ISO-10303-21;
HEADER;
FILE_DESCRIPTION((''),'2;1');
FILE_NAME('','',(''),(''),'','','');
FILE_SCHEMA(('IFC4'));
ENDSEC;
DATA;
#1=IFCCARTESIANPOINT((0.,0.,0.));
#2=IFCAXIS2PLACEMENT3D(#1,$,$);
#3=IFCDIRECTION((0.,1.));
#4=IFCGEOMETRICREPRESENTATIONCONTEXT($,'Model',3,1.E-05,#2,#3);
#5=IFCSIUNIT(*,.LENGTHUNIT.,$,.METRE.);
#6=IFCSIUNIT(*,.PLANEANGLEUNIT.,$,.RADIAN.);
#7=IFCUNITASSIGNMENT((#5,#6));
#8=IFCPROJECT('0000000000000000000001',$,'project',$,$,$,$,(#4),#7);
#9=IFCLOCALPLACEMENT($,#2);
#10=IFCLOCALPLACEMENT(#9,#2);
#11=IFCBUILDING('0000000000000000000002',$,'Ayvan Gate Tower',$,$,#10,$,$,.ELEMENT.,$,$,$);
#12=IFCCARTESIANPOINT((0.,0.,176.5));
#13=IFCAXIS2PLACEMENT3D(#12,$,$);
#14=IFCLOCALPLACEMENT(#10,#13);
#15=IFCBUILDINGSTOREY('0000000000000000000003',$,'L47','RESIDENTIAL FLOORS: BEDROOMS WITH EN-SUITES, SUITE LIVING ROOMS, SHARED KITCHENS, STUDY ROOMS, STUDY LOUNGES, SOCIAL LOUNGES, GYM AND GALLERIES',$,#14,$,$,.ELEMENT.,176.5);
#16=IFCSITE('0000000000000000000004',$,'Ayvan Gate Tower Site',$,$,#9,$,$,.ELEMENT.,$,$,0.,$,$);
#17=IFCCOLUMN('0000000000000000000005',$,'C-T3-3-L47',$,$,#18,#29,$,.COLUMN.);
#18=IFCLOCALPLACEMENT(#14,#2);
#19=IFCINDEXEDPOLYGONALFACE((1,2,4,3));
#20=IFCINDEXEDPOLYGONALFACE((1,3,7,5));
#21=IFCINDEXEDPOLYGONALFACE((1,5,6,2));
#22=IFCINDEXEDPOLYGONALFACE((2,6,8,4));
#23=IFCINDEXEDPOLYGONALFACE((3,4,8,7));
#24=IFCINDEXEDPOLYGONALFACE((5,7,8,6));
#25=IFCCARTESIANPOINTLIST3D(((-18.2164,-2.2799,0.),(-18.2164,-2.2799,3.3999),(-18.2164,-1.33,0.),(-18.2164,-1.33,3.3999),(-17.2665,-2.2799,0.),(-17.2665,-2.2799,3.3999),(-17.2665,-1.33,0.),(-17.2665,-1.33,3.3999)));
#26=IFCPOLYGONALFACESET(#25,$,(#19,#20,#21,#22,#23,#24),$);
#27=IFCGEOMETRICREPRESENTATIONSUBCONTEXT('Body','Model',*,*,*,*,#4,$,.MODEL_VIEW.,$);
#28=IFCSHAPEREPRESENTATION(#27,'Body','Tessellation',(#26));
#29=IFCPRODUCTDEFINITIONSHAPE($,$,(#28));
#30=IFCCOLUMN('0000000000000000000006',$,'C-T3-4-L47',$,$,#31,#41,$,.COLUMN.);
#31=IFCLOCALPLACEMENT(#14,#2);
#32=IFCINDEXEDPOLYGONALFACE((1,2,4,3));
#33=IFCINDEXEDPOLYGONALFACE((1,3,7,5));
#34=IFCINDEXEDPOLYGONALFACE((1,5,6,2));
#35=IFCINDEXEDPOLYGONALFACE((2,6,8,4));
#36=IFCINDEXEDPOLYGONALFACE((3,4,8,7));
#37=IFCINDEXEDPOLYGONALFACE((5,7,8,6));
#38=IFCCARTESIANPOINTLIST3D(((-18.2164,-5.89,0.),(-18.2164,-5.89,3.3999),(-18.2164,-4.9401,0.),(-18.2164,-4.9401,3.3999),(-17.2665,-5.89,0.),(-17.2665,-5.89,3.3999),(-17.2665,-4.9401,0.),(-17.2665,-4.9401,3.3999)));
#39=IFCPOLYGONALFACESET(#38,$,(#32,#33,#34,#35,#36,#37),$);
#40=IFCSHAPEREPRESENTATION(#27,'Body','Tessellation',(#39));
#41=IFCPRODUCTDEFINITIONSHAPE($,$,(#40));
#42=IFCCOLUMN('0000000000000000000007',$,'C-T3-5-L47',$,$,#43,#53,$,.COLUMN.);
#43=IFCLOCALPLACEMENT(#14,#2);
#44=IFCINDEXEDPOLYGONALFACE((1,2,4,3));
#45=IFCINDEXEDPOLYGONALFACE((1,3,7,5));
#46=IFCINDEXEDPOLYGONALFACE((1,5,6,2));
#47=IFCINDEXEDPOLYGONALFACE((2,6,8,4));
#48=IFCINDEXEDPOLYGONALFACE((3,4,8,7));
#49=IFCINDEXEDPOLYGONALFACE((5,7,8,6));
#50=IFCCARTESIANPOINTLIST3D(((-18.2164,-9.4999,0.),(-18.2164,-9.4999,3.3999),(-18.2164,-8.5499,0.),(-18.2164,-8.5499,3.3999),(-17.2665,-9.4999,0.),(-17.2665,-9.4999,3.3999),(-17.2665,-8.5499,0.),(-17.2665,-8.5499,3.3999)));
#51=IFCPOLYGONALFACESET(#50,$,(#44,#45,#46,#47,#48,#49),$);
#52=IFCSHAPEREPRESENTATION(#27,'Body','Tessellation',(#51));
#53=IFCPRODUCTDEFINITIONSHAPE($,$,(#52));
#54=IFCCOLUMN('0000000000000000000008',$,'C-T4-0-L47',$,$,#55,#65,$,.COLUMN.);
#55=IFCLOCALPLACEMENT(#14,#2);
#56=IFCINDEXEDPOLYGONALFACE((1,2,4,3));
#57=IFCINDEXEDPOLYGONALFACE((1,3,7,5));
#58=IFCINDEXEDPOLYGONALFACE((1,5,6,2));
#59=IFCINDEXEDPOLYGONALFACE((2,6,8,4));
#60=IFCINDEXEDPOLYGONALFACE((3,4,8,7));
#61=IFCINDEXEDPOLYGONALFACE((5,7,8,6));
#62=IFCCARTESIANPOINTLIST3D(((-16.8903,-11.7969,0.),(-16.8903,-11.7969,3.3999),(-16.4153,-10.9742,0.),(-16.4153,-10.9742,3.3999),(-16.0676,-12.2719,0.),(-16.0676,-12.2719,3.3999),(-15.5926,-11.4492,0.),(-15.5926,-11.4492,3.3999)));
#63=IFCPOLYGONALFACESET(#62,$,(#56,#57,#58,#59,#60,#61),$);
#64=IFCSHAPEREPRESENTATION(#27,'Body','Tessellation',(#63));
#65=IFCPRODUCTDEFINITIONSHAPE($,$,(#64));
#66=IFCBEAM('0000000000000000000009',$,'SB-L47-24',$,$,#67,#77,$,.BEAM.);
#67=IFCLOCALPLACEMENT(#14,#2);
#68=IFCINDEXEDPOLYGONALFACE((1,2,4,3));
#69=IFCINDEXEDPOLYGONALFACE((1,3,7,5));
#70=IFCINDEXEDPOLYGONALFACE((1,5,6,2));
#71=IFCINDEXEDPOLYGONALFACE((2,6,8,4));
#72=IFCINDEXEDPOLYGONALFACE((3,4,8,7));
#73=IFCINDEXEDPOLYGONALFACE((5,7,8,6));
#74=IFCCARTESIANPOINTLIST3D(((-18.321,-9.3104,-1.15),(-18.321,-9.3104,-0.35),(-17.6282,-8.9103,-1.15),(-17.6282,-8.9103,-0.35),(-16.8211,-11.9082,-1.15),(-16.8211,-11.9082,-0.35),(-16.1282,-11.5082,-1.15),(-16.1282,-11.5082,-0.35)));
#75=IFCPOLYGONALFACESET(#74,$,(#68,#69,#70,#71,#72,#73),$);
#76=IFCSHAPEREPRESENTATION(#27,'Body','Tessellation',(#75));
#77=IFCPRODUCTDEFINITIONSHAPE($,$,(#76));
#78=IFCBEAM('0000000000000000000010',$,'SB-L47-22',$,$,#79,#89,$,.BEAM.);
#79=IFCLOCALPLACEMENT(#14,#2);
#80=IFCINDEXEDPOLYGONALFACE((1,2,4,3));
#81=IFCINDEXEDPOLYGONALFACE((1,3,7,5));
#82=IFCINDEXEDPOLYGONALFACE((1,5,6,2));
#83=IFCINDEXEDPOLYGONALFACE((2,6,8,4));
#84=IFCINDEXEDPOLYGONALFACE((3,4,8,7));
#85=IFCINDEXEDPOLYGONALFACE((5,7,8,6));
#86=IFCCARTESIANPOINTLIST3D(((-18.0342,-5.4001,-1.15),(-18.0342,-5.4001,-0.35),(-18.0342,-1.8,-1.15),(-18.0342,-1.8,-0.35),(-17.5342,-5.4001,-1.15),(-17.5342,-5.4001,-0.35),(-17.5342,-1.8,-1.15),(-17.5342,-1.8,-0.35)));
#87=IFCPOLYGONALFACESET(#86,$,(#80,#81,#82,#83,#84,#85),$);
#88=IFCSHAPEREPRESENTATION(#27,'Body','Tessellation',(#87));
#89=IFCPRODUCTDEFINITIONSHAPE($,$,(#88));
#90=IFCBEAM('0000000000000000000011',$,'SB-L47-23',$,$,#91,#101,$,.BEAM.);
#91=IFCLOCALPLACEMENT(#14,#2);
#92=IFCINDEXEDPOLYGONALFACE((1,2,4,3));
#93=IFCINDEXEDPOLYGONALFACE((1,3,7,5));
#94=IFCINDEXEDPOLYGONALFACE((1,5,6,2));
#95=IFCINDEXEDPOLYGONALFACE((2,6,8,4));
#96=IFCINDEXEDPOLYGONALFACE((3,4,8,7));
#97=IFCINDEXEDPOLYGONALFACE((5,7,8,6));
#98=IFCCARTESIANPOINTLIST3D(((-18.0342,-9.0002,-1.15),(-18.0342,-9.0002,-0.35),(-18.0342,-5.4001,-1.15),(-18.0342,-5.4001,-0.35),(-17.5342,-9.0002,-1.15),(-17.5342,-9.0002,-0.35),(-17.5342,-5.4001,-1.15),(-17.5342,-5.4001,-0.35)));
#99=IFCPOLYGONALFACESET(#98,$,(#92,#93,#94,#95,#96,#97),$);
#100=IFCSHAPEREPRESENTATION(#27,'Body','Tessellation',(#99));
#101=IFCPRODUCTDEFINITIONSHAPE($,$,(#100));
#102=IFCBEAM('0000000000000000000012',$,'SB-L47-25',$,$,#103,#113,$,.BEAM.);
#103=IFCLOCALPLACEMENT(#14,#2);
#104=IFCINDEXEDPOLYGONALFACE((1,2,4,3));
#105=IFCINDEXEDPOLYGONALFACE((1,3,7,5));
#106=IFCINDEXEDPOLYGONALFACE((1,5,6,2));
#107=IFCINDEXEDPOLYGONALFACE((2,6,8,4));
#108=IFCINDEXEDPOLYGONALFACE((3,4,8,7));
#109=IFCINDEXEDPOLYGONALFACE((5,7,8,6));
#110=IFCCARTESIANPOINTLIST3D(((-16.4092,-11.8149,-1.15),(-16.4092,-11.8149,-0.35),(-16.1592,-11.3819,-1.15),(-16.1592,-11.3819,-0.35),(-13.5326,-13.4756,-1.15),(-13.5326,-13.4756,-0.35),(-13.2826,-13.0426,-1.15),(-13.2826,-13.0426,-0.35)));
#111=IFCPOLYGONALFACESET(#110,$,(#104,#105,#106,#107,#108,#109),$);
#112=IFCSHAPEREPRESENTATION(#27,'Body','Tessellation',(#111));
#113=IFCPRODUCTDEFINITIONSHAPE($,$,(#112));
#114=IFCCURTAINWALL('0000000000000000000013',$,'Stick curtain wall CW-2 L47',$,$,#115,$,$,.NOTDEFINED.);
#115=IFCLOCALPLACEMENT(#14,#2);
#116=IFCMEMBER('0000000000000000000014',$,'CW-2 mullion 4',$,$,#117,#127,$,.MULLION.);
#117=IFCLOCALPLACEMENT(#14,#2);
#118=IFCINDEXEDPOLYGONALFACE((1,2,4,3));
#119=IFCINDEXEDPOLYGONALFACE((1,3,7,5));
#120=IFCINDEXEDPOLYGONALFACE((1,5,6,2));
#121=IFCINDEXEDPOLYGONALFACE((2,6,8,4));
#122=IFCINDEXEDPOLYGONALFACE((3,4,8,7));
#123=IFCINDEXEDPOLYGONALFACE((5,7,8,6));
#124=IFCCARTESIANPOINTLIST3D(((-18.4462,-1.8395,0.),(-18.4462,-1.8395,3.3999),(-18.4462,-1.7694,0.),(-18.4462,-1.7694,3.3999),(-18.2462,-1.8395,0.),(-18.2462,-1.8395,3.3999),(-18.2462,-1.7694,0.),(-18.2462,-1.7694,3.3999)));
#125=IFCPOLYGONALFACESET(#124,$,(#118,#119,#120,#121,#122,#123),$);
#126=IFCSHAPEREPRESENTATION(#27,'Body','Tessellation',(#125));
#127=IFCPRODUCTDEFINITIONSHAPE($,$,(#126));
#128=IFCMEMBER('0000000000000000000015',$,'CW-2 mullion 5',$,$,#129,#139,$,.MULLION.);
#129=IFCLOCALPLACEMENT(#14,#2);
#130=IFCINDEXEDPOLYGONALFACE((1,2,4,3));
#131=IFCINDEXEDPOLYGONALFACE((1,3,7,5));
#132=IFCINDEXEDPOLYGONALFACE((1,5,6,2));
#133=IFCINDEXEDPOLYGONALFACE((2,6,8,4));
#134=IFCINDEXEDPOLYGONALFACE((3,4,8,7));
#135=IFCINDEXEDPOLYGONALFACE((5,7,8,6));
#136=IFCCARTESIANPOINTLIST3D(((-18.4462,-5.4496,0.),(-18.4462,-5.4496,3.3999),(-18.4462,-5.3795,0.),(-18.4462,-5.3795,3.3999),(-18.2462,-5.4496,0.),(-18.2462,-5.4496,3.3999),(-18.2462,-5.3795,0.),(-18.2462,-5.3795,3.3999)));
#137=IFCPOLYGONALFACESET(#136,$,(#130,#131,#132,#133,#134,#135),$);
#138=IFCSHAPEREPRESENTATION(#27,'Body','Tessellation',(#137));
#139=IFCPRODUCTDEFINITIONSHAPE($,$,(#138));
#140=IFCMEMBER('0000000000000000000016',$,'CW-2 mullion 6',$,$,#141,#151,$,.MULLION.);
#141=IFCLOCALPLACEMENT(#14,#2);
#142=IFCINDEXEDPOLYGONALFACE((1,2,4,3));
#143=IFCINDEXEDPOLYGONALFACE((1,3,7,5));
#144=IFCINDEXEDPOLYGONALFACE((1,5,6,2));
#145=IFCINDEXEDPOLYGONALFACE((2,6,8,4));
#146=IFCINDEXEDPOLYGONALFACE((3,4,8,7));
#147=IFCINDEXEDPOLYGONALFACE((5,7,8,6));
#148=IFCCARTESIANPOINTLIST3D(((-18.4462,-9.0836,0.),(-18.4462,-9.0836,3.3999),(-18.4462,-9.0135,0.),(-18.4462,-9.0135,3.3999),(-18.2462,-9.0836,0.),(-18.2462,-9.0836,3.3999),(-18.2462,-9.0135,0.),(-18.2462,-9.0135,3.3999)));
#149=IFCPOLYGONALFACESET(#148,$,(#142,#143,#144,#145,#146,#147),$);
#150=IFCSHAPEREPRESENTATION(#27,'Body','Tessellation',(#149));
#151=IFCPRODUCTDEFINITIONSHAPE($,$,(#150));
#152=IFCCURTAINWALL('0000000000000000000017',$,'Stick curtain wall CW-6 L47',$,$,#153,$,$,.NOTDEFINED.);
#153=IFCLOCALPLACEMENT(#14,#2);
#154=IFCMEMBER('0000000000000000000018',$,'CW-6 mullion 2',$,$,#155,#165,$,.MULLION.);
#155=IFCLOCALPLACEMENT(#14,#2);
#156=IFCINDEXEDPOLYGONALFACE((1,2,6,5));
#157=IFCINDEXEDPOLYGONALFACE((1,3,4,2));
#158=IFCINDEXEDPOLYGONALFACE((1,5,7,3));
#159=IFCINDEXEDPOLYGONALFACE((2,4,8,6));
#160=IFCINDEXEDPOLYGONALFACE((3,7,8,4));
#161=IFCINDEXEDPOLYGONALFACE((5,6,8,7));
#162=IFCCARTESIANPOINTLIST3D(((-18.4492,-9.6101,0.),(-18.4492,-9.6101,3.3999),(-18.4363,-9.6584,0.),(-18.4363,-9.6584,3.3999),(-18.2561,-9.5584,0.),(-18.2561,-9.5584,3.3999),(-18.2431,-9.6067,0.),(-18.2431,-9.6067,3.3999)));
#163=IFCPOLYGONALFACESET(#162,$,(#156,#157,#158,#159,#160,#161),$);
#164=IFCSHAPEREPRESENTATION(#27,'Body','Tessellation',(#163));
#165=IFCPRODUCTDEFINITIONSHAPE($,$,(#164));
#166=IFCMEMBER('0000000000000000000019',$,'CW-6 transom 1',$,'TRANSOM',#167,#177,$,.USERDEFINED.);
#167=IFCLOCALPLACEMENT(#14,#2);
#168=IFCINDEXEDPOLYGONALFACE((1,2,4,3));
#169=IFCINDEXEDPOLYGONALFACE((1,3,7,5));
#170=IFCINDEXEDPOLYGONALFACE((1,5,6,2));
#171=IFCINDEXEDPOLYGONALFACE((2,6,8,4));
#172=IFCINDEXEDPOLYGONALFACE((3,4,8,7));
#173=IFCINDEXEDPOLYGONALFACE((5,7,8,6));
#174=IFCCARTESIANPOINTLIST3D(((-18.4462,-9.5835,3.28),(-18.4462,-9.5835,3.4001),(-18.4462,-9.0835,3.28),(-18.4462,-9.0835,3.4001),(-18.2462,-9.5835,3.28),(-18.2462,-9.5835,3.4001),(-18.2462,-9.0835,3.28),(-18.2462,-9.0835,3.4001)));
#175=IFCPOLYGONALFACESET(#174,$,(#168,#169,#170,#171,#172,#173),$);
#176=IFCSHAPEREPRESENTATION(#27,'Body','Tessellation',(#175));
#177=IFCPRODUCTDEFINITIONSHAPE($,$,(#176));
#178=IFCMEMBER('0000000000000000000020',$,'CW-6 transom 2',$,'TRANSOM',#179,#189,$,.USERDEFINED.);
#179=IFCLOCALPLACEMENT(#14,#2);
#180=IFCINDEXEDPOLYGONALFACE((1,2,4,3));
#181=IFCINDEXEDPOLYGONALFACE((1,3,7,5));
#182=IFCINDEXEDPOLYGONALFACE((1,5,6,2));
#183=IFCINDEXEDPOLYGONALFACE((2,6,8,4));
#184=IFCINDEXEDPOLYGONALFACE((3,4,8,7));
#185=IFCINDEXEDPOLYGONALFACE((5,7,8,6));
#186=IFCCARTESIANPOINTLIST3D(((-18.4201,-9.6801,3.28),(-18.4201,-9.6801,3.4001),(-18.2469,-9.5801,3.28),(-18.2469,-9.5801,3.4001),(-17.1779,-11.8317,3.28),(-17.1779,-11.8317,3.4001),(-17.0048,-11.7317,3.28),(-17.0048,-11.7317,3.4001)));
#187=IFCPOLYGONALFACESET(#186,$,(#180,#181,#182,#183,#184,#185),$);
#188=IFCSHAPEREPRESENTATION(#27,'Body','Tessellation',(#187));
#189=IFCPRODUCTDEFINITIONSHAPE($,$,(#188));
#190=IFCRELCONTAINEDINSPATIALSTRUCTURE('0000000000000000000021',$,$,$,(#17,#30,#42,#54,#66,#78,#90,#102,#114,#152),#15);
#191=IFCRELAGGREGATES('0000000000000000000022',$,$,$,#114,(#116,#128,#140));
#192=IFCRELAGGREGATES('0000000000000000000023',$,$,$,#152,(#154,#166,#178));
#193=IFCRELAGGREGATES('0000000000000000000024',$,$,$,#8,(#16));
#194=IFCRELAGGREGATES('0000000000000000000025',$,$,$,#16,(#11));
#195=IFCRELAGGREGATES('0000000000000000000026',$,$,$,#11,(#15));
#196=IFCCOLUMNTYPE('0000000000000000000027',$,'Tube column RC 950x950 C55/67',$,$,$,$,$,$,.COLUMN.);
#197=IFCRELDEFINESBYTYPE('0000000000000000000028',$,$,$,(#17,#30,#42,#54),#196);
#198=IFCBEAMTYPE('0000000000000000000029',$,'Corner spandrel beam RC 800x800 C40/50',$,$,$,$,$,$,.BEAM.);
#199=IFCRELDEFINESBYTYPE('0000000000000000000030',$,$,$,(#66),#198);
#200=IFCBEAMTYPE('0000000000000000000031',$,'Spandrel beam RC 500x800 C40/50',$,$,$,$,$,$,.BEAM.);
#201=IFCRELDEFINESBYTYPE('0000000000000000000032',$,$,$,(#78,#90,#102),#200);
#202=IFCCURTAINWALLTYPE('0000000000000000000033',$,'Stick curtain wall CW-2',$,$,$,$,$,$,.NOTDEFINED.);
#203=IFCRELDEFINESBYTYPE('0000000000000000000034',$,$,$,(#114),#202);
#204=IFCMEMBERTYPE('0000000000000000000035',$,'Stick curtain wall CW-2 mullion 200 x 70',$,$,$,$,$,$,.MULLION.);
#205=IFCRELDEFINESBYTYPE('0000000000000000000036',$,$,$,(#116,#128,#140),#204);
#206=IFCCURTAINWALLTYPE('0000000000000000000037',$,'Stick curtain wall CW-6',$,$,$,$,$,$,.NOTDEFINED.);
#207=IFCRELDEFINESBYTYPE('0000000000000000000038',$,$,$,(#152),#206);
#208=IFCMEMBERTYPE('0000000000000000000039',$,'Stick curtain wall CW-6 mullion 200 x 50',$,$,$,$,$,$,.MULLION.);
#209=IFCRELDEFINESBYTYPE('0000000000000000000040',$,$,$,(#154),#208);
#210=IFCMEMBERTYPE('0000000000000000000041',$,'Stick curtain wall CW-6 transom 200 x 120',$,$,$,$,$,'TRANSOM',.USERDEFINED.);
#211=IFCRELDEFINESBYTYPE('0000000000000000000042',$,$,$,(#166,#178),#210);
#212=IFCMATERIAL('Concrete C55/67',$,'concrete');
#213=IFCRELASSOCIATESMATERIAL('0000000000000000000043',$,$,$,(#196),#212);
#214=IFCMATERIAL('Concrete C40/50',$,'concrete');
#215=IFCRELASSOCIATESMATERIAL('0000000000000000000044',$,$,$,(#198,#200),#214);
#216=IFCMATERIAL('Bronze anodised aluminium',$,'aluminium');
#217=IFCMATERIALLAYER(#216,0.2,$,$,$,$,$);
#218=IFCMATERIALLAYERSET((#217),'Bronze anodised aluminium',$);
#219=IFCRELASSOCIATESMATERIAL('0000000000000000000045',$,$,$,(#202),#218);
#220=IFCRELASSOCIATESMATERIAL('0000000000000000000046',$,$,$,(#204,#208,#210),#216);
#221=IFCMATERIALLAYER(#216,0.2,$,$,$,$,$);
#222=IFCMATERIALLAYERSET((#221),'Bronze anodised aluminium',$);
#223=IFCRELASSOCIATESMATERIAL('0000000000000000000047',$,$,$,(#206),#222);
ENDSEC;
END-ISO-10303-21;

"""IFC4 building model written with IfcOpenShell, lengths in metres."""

from ifc_helpers import new_model, si_unit, direction, frame, origin, origin_2d, place, context, subcontext, project, spatial, rectangle, extrude, material, layer, layer_set, material_profile, profile_set, type_object, element, aggregate, save


model = new_model("IFC4")

# Units and contexts
model_context = context("Model", 3, precision=1e-05, world=origin(), true_north=direction((0.0, 1.0)))
body_context = subcontext(model_context, "Body", "Model", "MODEL_VIEW")
ifc_project = project(units=[si_unit("LENGTHUNIT", "METRE"), si_unit("PLANEANGLEUNIT", "RADIAN")], contexts=[model_context])

# Site, building, storey
site_placement = place(None, origin())
site = spatial("IfcSite", under=ifc_project, at=site_placement, Name="Ayvan Gate Tower Site", CompositionType="ELEMENT", RefElevation=0.0)
building_placement = place(site_placement, origin())
building = spatial("IfcBuilding", under=site, at=building_placement, Name="Ayvan Gate Tower", CompositionType="ELEMENT")
storey_placement = place(building_placement, frame((0.0, 0.0, 176.5)))
storey = spatial("IfcBuildingStorey", under=building, at=storey_placement, Name="L47", Description="RESIDENTIAL FLOORS: BEDROOMS WITH EN-SUITES, SUITE LIVING ROOMS, SHARED KITCHENS, STUDY ROOMS, STUDY LOUNGES, SOCIAL LOUNGES, GYM AND GALLERIES", CompositionType="ELEMENT", Elevation=176.5)

# Columns
ifc_material_1 = material(Name="Concrete C55/67", Category="concrete")
ifc_material_profile_1 = material_profile(ifc_material_1, rectangle(XDim=0.95, YDim=0.95, at=origin_2d()), Name="RC 950x950")
ifc_profile_set_1 = profile_set([ifc_material_profile_1], Name="Concrete C55/67")
column_type = type_object("IfcColumnType", Name="Tube column RC 950x950 C55/67", PredefinedType="COLUMN", material=ifc_profile_set_1)
for number, where, z_axis, x_axis, name in (
    (1, (-17.7415, -1.8049, 0.0), (0.0, 0.0, 1.0), (-1.0, 0.0, 0.0), "C-T3-3-L47"),
    (2, (-17.7415, -5.415, 0.0), (0.0, 0.0, 1.0), (-1.0, 0.0, 0.0), "C-T3-4-L47"),
    (3, (-17.7415, -9.0249, 0.0), (0.0, 0.0, 1.0), (-1.0, 0.0, 0.0), "C-T3-5-L47"),
    (4, (-16.2415, -11.623, 0.0), (0.0, 0.0, 1.0), (-0.5, -0.866025, 0.0), "C-T4-0-L47"),
):
    element("IfcColumn", number, at=place(storey_placement, frame(where, z_axis=z_axis, x_axis=x_axis)), inside=storey, type_object=column_type, Name=name, PredefinedType="COLUMN", context=body_context, shape_type="SweptSolid", body=[
        extrude(rectangle(XDim=0.95, YDim=0.95, at=origin_2d()), origin(), (0.0, 0.0, 1.0), 3.3999),
    ])

# Beams
ifc_material_2 = material(Name="Concrete C40/50", Category="concrete")
ifc_material_profile_2 = material_profile(ifc_material_2, rectangle(XDim=0.8, YDim=0.8, at=origin_2d()), Name="RC 800x800")
ifc_profile_set_2 = profile_set([ifc_material_profile_2], Name="Concrete C40/50")
beam_type_1 = type_object("IfcBeamType", Name="Corner spandrel beam RC 800x800 C40/50", PredefinedType="BEAM", material=ifc_profile_set_2)
beam_1_placement = place(storey_placement, frame((-17.9746, -9.1104, -0.75), z_axis=(0.500025, -0.866011, 0.0), x_axis=(0.866011, 0.500025, 0.0)))
element("IfcBeam", 5, at=beam_1_placement, inside=storey, type_object=beam_type_1, Name="SB-L47-24", PredefinedType="BEAM", context=body_context, shape_type="SweptSolid", body=[
    extrude(rectangle(XDim=0.8, YDim=0.8, at=origin_2d()), origin(), (0.0, 0.0, 1.0), 2.9998),
])
ifc_material_profile_3 = material_profile(ifc_material_2, rectangle(XDim=0.5, YDim=0.8, at=origin_2d()), Name="RC 500x800")
ifc_profile_set_3 = profile_set([ifc_material_profile_3], Name="Concrete C40/50")
beam_type_2 = type_object("IfcBeamType", Name="Spandrel beam RC 500x800 C40/50", PredefinedType="BEAM", material=ifc_profile_set_3)
for number, where, z_axis, x_axis, name in (
    (6, (-17.7842, -1.8, -0.75), (0.0, -1.0, 0.0), (1.0, 0.0, 0.0), "SB-L47-22"),
    (7, (-17.7842, -5.4001, -0.75), (0.0, -1.0, 0.0), (1.0, 0.0, 0.0), "SB-L47-23"),
):
    element("IfcBeam", number, at=place(storey_placement, frame(where, z_axis=z_axis, x_axis=x_axis)), inside=storey, type_object=beam_type_2, Name=name, PredefinedType="BEAM", context=body_context, shape_type="SweptSolid", body=[
        extrude(rectangle(XDim=0.5, YDim=0.8, at=origin_2d()), origin(), (0.0, 0.0, 1.0), 3.6001),
    ])
beam_2_placement = place(storey_placement, frame((-16.2842, -11.5984, -0.75), z_axis=(0.866036, -0.499981, 0.0), x_axis=(0.499981, 0.866036, 0.0)))
element("IfcBeam", 8, at=beam_2_placement, inside=storey, type_object=beam_type_2, Name="SB-L47-25", PredefinedType="BEAM", context=body_context, shape_type="SweptSolid", body=[
    extrude(rectangle(XDim=0.5, YDim=0.8, at=origin_2d()), origin(), (0.0, 0.0, 1.0), 3.3215),
])

# Curtain walls, members
ifc_material_3 = material(Name="Bronze anodised aluminium", Category="aluminium")
ifc_layer_1 = layer(ifc_material_3, 0.2)
ifc_layer_set_1 = layer_set([ifc_layer_1], Name="Bronze anodised aluminium")
curtain_wall_type_1 = type_object("IfcCurtainWallType", Name="Stick curtain wall CW-2", PredefinedType="NOTDEFINED", material=ifc_layer_set_1)
curtain_wall_1_placement = place(storey_placement, origin())
curtain_wall_1 = element("IfcCurtainWall", 9, at=curtain_wall_1_placement, inside=storey, type_object=curtain_wall_type_1, Name="Stick curtain wall CW-2 L47", PredefinedType="NOTDEFINED")
ifc_material_profile_4 = material_profile(ifc_material_3, rectangle(XDim=0.2, YDim=0.0701, at=origin_2d()), Name="Stick curtain wall CW-2 mullion 200 x 70")
ifc_profile_set_4 = profile_set([ifc_material_profile_4], Name="Bronze anodised aluminium")
member_type_1 = type_object("IfcMemberType", Name="Stick curtain wall CW-2 mullion 200 x 70", PredefinedType="MULLION", material=ifc_profile_set_4)
member_1_placement = place(storey_placement, frame((-18.3462, -1.8044, 0.0), z_axis=(0.0, 0.0, 1.0), x_axis=(-1.0, 0.0, 0.0)))
member_1 = element("IfcMember", 10, at=member_1_placement, type_object=member_type_1, Name="CW-2 mullion 4", PredefinedType="MULLION", context=body_context, shape_type="SweptSolid", body=[
    extrude(rectangle(XDim=0.2, YDim=0.0701, at=origin_2d()), origin(), (0.0, 0.0, 1.0), 3.3999),
])
member_2_placement = place(storey_placement, frame((-18.3462, -5.4146, 0.0), z_axis=(0.0, 0.0, 1.0), x_axis=(-1.0, 0.0, 0.0)))
member_2 = element("IfcMember", 11, at=member_2_placement, type_object=member_type_1, Name="CW-2 mullion 5", PredefinedType="MULLION", context=body_context, shape_type="SweptSolid", body=[
    extrude(rectangle(XDim=0.2, YDim=0.0701, at=origin_2d()), origin(), (0.0, 0.0, 1.0), 3.3999),
])
member_3_placement = place(storey_placement, frame((-18.3462, -9.0486, 0.0), z_axis=(0.0, 0.0, 1.0), x_axis=(-1.0, 0.0, 0.0)))
member_3 = element("IfcMember", 12, at=member_3_placement, type_object=member_type_1, Name="CW-2 mullion 6", PredefinedType="MULLION", context=body_context, shape_type="SweptSolid", body=[
    extrude(rectangle(XDim=0.2, YDim=0.0701, at=origin_2d()), origin(), (0.0, 0.0, 1.0), 3.3999),
])
ifc_layer_2 = layer(ifc_material_3, 0.2)
ifc_layer_set_2 = layer_set([ifc_layer_2], Name="Bronze anodised aluminium")
curtain_wall_type_2 = type_object("IfcCurtainWallType", Name="Stick curtain wall CW-6", PredefinedType="NOTDEFINED", material=ifc_layer_set_2)
curtain_wall_2_placement = place(storey_placement, origin())
curtain_wall_2 = element("IfcCurtainWall", 13, at=curtain_wall_2_placement, inside=storey, type_object=curtain_wall_type_2, Name="Stick curtain wall CW-6 L47", PredefinedType="NOTDEFINED")
ifc_material_profile_5 = material_profile(ifc_material_3, rectangle(XDim=0.2, YDim=0.05, at=origin_2d()), Name="Stick curtain wall CW-6 mullion 200 x 50")
ifc_profile_set_5 = profile_set([ifc_material_profile_5], Name="Bronze anodised aluminium")
member_type_2 = type_object("IfcMemberType", Name="Stick curtain wall CW-6 mullion 200 x 50", PredefinedType="MULLION", material=ifc_profile_set_5)
member_4_placement = place(storey_placement, frame((-18.3462, -9.6084, 0.0), z_axis=(0.0, 0.0, 1.0), x_axis=(-0.965926, -0.258819, 0.0)))
member_4 = element("IfcMember", 14, at=member_4_placement, type_object=member_type_2, Name="CW-6 mullion 2", PredefinedType="MULLION", context=body_context, shape_type="SweptSolid", body=[
    extrude(rectangle(XDim=0.2, YDim=0.05, at=origin_2d()), origin(), (0.0, 0.0, 1.0), 3.3999),
])
ifc_material_profile_6 = material_profile(ifc_material_3, rectangle(XDim=0.2, YDim=0.1201, at=origin_2d()), Name="Stick curtain wall CW-6 transom 200 x 120")
ifc_profile_set_6 = profile_set([ifc_material_profile_6], Name="Bronze anodised aluminium")
member_type_3 = type_object("IfcMemberType", Name="Stick curtain wall CW-6 transom 200 x 120", ElementType="TRANSOM", PredefinedType="USERDEFINED", material=ifc_profile_set_6)
member_5_placement = place(storey_placement, frame((-18.3462, -9.0835, 3.3401), z_axis=(0.0, -1.0, 0.0), x_axis=(1.0, 0.0, 0.0)))
member_5 = element("IfcMember", 15, at=member_5_placement, type_object=member_type_3, Name="CW-6 transom 1", ObjectType="TRANSOM", PredefinedType="USERDEFINED", context=body_context, shape_type="SweptSolid", body=[
    extrude(rectangle(XDim=0.2, YDim=0.1201, at=origin_2d()), origin(), (0.0, 0.0, 1.0), 0.5),
])
member_6_placement = place(storey_placement, frame((-18.3335, -9.6301, 3.3401), z_axis=(0.499986, -0.866033, 0.0), x_axis=(0.866033, 0.499986, 0.0)))
member_6 = element("IfcMember", 16, at=member_6_placement, type_object=member_type_3, Name="CW-6 transom 2", ObjectType="TRANSOM", PredefinedType="USERDEFINED", context=body_context, shape_type="SweptSolid", body=[
    extrude(rectangle(XDim=0.2, YDim=0.1201, at=origin_2d()), origin(), (0.0, 0.0, 1.0), 2.4844),
])

aggregate(curtain_wall_1, [member_1, member_2, member_3])
aggregate(curtain_wall_2, [member_4, member_5, member_6])

save(model, "model.ifc")
